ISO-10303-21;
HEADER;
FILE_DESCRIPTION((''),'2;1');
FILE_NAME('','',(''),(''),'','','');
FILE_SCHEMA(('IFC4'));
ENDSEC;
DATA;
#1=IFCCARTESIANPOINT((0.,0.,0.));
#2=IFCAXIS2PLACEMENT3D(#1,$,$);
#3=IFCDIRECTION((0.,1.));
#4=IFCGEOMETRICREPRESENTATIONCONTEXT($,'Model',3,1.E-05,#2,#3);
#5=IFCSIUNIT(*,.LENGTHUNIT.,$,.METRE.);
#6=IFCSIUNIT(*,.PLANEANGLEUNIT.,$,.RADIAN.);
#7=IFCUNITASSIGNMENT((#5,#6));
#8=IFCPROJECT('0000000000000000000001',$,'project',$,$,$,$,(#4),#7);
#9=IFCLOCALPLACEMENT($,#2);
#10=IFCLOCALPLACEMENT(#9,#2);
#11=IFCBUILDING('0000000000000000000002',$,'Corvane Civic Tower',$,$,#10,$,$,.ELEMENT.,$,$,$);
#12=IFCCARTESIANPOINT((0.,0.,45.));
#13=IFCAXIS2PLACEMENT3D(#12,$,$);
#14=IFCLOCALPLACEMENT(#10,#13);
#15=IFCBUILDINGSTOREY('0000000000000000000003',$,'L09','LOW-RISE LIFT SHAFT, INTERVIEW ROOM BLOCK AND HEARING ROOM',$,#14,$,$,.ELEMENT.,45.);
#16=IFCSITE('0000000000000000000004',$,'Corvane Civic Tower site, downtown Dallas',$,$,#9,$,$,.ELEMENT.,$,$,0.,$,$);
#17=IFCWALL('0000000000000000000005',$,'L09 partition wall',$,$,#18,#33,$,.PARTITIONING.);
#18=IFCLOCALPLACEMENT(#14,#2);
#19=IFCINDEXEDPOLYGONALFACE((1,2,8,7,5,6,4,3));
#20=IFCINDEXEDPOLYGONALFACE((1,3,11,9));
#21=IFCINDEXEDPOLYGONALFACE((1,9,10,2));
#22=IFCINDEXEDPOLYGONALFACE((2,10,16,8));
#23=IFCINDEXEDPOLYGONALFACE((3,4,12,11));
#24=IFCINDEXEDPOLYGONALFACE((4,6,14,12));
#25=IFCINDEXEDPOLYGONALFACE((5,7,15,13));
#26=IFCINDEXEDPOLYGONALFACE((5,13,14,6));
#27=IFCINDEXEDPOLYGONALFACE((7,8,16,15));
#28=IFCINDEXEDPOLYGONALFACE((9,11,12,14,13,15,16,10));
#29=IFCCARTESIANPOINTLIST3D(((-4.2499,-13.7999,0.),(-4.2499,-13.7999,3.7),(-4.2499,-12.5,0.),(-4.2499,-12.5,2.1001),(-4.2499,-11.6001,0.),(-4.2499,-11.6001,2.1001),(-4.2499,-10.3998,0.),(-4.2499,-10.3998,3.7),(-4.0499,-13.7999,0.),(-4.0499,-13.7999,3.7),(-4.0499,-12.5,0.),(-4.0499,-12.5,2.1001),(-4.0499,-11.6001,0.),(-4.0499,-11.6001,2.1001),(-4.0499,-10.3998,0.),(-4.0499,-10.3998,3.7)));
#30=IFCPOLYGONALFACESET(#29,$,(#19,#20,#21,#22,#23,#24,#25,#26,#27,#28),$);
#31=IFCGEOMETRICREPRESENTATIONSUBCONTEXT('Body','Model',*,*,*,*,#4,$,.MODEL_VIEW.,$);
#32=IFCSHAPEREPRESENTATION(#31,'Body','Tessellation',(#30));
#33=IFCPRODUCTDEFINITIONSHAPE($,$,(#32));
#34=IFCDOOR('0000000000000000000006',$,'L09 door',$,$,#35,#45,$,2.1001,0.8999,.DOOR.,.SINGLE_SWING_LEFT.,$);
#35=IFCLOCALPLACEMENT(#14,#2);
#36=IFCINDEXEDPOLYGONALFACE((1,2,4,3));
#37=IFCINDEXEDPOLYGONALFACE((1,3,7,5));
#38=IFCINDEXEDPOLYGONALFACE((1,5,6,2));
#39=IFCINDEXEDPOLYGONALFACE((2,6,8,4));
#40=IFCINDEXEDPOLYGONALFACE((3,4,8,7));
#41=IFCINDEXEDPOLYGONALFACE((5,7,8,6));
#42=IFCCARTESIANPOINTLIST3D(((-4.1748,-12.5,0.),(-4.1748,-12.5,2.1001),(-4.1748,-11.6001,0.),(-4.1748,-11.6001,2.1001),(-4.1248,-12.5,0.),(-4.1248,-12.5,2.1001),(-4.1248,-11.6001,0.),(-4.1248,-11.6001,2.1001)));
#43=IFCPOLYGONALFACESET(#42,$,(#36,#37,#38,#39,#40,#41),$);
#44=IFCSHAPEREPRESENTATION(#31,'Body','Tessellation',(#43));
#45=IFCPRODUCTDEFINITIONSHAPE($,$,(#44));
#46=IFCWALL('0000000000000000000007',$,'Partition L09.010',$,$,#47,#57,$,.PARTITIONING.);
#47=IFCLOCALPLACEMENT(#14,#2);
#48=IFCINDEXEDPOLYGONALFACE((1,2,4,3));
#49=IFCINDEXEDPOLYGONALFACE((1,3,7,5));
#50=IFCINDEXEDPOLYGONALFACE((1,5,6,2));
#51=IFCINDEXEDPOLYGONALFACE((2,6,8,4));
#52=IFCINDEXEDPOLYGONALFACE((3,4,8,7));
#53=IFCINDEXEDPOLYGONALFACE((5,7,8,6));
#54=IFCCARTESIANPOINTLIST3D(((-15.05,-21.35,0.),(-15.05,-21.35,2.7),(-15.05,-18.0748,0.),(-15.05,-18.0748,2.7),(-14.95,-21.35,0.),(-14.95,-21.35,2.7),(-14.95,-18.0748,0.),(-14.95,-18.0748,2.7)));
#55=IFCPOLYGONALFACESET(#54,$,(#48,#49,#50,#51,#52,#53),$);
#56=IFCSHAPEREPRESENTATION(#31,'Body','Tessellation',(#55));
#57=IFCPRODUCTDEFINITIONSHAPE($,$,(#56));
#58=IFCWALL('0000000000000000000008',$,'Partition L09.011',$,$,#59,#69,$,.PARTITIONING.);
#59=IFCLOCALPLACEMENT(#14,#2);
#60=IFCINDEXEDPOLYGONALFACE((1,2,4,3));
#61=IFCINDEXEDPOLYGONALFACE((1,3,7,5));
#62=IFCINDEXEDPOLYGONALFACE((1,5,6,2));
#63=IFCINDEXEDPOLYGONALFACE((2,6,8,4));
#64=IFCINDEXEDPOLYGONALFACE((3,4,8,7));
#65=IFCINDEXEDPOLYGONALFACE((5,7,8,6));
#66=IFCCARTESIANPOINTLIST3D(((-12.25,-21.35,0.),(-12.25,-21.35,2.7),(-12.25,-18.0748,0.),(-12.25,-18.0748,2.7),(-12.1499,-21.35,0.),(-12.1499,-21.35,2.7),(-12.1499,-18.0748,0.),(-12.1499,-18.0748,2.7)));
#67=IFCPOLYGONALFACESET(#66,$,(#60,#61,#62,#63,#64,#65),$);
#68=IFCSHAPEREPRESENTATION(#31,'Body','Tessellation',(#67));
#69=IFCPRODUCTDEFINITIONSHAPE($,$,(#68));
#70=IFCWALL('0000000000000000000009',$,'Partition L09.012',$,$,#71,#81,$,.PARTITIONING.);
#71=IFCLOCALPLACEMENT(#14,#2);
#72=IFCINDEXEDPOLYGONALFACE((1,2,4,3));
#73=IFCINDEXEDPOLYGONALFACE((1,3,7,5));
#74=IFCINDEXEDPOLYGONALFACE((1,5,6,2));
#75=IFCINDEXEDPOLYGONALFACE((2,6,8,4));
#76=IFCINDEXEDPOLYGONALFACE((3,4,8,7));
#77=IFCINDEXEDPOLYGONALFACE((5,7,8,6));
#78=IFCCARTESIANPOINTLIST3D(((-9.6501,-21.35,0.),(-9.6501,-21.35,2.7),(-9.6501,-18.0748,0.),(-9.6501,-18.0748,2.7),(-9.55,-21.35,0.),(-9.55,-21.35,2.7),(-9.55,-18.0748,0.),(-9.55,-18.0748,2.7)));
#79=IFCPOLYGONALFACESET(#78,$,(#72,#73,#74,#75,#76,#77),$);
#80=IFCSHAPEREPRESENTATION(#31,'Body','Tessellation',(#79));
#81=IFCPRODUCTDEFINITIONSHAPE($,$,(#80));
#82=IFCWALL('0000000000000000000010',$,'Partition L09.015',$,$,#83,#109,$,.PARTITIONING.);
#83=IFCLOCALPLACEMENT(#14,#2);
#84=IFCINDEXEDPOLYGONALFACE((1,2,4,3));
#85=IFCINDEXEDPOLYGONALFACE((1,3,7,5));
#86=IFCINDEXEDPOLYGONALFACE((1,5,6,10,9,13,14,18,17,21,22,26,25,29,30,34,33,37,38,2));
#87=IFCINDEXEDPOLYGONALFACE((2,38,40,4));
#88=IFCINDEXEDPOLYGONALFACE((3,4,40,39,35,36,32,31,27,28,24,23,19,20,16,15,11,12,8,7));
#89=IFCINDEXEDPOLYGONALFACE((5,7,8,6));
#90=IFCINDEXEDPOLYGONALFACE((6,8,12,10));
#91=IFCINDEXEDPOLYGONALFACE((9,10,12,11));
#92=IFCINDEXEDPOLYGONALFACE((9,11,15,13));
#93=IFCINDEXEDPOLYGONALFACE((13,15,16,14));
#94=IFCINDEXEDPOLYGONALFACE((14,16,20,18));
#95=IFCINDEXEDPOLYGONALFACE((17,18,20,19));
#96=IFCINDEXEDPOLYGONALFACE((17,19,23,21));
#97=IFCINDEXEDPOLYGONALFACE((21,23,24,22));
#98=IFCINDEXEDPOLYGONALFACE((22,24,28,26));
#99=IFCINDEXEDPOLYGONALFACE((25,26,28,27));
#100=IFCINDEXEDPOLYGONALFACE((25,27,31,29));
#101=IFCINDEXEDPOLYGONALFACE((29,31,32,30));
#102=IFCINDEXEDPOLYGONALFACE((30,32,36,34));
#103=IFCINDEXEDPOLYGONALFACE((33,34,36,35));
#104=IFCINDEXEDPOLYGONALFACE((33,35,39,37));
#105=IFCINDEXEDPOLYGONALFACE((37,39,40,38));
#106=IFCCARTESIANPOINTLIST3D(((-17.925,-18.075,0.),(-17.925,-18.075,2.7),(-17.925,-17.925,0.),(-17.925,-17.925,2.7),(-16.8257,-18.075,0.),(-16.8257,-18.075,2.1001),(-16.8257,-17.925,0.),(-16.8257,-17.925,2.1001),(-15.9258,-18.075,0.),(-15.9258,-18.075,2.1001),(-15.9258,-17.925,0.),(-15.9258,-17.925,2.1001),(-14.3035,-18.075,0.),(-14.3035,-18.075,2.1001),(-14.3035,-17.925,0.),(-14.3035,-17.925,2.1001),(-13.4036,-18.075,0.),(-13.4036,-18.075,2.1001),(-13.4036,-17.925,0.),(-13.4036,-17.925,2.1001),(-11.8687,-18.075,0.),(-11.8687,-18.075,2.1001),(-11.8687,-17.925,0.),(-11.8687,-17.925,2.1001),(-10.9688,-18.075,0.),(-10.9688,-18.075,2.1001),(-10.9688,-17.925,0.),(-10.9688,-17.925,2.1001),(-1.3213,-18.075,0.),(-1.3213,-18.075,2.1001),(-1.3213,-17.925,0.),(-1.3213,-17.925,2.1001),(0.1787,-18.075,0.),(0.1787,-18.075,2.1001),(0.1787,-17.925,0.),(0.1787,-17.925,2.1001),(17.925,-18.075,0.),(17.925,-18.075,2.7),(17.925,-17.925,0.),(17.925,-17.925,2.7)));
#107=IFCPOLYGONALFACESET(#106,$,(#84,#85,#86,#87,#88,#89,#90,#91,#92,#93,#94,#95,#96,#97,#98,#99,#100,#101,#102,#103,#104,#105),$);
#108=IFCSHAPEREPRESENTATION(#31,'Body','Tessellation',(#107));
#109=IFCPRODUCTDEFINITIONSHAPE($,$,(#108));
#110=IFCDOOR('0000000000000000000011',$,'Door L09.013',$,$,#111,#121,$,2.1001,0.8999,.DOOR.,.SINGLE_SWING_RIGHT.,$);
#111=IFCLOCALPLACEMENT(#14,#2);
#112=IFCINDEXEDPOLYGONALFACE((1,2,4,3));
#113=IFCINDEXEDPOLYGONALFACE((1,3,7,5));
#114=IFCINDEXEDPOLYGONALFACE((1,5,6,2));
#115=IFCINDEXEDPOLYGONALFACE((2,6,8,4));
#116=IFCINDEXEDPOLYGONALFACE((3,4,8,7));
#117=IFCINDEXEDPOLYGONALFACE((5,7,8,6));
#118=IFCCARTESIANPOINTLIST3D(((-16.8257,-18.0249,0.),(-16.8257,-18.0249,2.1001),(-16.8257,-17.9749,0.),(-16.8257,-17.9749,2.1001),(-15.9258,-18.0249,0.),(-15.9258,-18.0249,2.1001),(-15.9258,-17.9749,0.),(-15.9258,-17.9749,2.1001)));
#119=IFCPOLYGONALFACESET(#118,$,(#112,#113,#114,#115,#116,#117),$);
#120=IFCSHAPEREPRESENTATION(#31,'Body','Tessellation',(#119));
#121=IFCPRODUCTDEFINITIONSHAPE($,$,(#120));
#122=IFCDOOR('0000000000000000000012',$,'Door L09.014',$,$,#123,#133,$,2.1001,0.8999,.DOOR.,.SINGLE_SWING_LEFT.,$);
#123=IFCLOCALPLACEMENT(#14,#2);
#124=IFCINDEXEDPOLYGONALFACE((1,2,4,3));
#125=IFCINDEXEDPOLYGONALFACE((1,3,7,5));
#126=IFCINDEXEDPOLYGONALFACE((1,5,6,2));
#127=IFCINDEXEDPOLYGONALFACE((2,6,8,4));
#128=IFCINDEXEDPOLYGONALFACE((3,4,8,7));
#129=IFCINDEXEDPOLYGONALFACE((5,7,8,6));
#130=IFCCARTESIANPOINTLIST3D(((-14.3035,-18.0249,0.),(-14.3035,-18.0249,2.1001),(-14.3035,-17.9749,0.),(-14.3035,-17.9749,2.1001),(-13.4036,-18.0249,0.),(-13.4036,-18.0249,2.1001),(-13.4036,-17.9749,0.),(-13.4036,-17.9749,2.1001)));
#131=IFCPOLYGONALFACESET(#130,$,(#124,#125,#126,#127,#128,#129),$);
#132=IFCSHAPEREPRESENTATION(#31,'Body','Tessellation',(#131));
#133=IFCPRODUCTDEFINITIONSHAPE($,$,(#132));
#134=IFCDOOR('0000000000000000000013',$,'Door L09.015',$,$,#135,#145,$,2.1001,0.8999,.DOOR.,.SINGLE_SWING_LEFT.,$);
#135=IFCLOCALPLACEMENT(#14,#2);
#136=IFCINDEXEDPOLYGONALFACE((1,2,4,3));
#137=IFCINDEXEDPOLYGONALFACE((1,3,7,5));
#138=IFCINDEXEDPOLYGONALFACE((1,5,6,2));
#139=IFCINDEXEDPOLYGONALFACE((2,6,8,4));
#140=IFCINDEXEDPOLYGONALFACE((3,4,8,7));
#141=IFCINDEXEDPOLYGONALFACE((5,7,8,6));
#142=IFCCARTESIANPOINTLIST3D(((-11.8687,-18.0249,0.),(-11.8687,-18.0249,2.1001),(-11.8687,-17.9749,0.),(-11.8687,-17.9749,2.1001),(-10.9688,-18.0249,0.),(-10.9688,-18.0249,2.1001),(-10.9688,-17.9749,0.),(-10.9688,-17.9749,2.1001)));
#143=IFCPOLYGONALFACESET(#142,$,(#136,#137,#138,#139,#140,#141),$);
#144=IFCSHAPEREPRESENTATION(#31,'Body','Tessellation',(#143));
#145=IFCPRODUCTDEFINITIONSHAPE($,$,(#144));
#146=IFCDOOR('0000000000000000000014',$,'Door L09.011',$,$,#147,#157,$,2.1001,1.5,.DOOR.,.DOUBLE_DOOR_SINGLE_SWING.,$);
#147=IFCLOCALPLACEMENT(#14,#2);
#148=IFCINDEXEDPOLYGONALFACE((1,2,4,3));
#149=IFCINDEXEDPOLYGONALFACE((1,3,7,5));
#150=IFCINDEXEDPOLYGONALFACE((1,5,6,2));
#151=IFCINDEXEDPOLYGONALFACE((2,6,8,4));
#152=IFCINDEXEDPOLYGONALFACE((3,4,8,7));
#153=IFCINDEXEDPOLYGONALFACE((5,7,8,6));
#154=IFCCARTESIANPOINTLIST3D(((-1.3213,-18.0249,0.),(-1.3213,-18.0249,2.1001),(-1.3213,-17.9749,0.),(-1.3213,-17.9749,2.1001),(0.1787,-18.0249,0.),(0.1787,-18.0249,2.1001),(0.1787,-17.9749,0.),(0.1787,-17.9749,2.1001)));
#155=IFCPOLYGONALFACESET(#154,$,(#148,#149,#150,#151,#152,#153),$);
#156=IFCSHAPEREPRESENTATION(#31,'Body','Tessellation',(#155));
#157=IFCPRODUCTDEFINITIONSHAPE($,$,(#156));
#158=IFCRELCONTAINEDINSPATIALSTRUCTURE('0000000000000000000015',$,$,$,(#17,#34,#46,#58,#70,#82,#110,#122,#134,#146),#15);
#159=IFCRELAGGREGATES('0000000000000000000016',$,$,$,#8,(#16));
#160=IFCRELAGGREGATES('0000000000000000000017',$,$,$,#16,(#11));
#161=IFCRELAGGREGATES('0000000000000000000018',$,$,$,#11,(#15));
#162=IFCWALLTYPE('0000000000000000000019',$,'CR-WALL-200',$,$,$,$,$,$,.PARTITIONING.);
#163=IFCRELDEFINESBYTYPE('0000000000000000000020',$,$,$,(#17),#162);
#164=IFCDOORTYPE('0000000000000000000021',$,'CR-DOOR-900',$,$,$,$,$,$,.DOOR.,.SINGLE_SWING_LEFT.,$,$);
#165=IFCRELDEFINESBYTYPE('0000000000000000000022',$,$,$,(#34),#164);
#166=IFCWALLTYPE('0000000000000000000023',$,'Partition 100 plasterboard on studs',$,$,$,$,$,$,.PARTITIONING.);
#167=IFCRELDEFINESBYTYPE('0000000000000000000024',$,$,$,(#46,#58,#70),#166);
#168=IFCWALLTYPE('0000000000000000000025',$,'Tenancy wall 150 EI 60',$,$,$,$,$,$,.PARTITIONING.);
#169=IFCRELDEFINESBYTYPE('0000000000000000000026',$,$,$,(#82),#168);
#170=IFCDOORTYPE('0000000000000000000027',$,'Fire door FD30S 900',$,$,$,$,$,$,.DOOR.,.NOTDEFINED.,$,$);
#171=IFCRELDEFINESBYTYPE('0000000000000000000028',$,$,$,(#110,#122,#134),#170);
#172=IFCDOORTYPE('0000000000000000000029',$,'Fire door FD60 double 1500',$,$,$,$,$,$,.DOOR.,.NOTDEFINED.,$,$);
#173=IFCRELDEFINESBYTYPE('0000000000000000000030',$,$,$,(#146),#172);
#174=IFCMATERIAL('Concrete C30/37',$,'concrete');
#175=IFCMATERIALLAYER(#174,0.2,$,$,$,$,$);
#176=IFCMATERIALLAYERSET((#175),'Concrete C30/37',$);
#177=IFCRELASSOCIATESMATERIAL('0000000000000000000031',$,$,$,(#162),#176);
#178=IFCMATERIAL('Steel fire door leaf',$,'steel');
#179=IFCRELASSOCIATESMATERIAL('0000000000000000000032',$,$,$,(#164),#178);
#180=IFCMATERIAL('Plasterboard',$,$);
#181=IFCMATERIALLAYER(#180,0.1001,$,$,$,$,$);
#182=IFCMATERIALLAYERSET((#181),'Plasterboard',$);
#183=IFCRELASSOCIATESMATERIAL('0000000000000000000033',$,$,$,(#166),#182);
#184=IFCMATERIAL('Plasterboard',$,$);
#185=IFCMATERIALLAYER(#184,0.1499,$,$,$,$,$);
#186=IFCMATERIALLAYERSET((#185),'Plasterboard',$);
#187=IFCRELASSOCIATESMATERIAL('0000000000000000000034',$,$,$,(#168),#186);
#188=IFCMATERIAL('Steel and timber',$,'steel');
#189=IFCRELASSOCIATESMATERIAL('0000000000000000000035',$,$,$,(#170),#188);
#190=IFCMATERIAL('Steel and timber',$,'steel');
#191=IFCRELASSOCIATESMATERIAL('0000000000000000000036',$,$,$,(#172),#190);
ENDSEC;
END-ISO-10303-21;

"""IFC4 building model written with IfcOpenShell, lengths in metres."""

from ifc_helpers import new_model, si_unit, direction, frame, frame_2d, origin, place, context, subcontext, project, spatial, rectangle, extrude, material, layer, layer_set, type_object, element, fill, save


model = new_model("IFC4")

# Units and contexts
model_context = context("Model", 3, precision=1e-05, world=origin(), true_north=direction((0.0, 1.0)))
body_context = subcontext(model_context, "Body", "Model", "MODEL_VIEW")
ifc_project = project(units=[si_unit("LENGTHUNIT", "METRE"), si_unit("PLANEANGLEUNIT", "RADIAN")], contexts=[model_context])

# Site, building, storey
site_placement = place(None, origin())
site = spatial("IfcSite", under=ifc_project, at=site_placement, Name="Corvane Civic Tower site, downtown Dallas", CompositionType="ELEMENT", RefElevation=0.0)
building_placement = place(site_placement, origin())
building = spatial("IfcBuilding", under=site, at=building_placement, Name="Corvane Civic Tower", CompositionType="ELEMENT")
storey_placement = place(building_placement, frame((0.0, 0.0, 45.0)))
storey = spatial("IfcBuildingStorey", under=building, at=storey_placement, Name="L09", Description="LOW-RISE LIFT SHAFT, INTERVIEW ROOM BLOCK AND HEARING ROOM", CompositionType="ELEMENT", Elevation=45.0)

# Wall, opening, door
ifc_material_1 = material(Name="Concrete C30/37", Category="concrete")
ifc_layer_1 = layer(ifc_material_1, 0.2)
ifc_layer_set_1 = layer_set([ifc_layer_1], Name="Concrete C30/37")
wall_type_1 = type_object("IfcWallType", Name="CR-WALL-200", PredefinedType="PARTITIONING", material=ifc_layer_set_1)
wall_1_placement = place(storey_placement, frame((-4.1499, -13.8, 0.0), z_axis=(0.0, 0.0, 1.0), x_axis=(0.0, 1.0, 0.0)))
wall_1 = element("IfcWall", 1, at=wall_1_placement, inside=storey, type_object=wall_type_1, Name="L09 partition wall", PredefinedType="PARTITIONING", context=body_context, shape_type="SweptSolid", body=[
    extrude(rectangle(XDim=3.4001, YDim=0.2, at=frame_2d((1.7002, 0.0))), origin(), (0.0, 0.0, 1.0), 3.7),
])
opening_1_placement = place(wall_1_placement, frame((1.3, 0.0, 0.0)))
opening_1 = element("IfcOpeningElement", 2, at=opening_1_placement, cuts=wall_1, PredefinedType="OPENING", context=body_context, shape_type="SweptSolid", body=[
    extrude(rectangle(XDim=0.8999, YDim=2.1001, at=frame_2d((0.45, 1.05))), frame((0.0, 0.1099, 0.0), z_axis=(0.0, -1.0, 0.0), x_axis=(1.0, 0.0, 0.0)), (0.0, 0.0, 1.0), 0.22),
])
ifc_material_2 = material(Name="Steel fire door leaf", Category="steel")
door_type_1 = type_object("IfcDoorType", Name="CR-DOOR-900", OperationType="SINGLE_SWING_LEFT", PredefinedType="DOOR", material=ifc_material_2)
door_1_placement = place(opening_1_placement, origin())
door_1 = element("IfcDoor", 3, at=door_1_placement, inside=storey, type_object=door_type_1, Name="L09 door", OperationType="SINGLE_SWING_LEFT", OverallHeight=2.1001, OverallWidth=0.8999, PredefinedType="DOOR", context=body_context, shape_type="SweptSolid", body=[
    extrude(rectangle(XDim=0.8999, YDim=2.1001, at=frame_2d((0.45, 1.05))), frame((0.0, 0.0249, 0.0), z_axis=(0.0, -1.0, 0.0), x_axis=(1.0, 0.0, 0.0)), (0.0, 0.0, 1.0), 0.05),
])
fill(opening_1, door_1)

# Walls
ifc_material_3 = material(Name="Plasterboard")
ifc_layer_2 = layer(ifc_material_3, 0.1001)
ifc_layer_set_2 = layer_set([ifc_layer_2], Name="Plasterboard")
wall_type_2 = type_object("IfcWallType", Name="Partition 100 plasterboard on studs", PredefinedType="PARTITIONING", material=ifc_layer_set_2)
for number, where, z_axis, x_axis, name in (
    (4, (-15.0, -21.3501, 0.0), (0.0, 0.0, 1.0), (0.0, 1.0, 0.0), "Partition L09.010"),
    (5, (-12.2, -21.3501, 0.0), (0.0, 0.0, 1.0), (0.0, 1.0, 0.0), "Partition L09.011"),
    (6, (-9.6001, -21.3501, 0.0), (0.0, 0.0, 1.0), (0.0, 1.0, 0.0), "Partition L09.012"),
):
    element("IfcWall", number, at=place(storey_placement, frame(where, z_axis=z_axis, x_axis=x_axis)), inside=storey, type_object=wall_type_2, Name=name, PredefinedType="PARTITIONING", context=body_context, shape_type="SweptSolid", body=[
        extrude(rectangle(XDim=3.2751, YDim=0.1001, at=frame_2d((1.6377, 0.0))), origin(), (0.0, 0.0, 1.0), 2.7),
    ])

# Wall, openings, doors
ifc_material_4 = material(Name="Plasterboard")
ifc_layer_3 = layer(ifc_material_4, 0.1499)
ifc_layer_set_3 = layer_set([ifc_layer_3], Name="Plasterboard")
wall_type_3 = type_object("IfcWallType", Name="Tenancy wall 150 EI 60", PredefinedType="PARTITIONING", material=ifc_layer_set_3)
wall_2_placement = place(storey_placement, frame((-17.925, -18.0, 0.0), z_axis=(0.0, 0.0, 1.0), x_axis=(1.0, 0.0, 0.0)))
wall_2 = element("IfcWall", 7, at=wall_2_placement, inside=storey, type_object=wall_type_3, Name="Partition L09.015", PredefinedType="PARTITIONING", context=body_context, shape_type="SweptSolid", body=[
    extrude(rectangle(XDim=35.8501, YDim=0.1499, at=frame_2d((17.925, 0.0))), origin(), (0.0, 0.0, 1.0), 2.7),
])
opening_2_placement = place(wall_2_placement, frame((16.6038, 0.0, 0.0)))
opening_2 = element("IfcOpeningElement", 8, at=opening_2_placement, cuts=wall_2, PredefinedType="OPENING", context=body_context, shape_type="SweptSolid", body=[
    extrude(rectangle(XDim=1.5, YDim=2.1001, at=frame_2d((0.75, 1.05))), frame((0.0, 0.085, 0.0), z_axis=(0.0, -1.0, 0.0), x_axis=(1.0, 0.0, 0.0)), (0.0, 0.0, 1.0), 0.1699),
])
opening_3_placement = place(wall_2_placement, frame((1.0994, 0.0, 0.0)))
opening_3 = element("IfcOpeningElement", 9, at=opening_3_placement, cuts=wall_2, PredefinedType="OPENING", context=body_context, shape_type="SweptSolid", body=[
    extrude(rectangle(XDim=0.8999, YDim=2.1001, at=frame_2d((0.45, 1.05))), frame((0.0, 0.085, 0.0), z_axis=(0.0, -1.0, 0.0), x_axis=(1.0, 0.0, 0.0)), (0.0, 0.0, 1.0), 0.1699),
])
opening_4_placement = place(wall_2_placement, frame((3.6216, 0.0, 0.0)))
opening_4 = element("IfcOpeningElement", 10, at=opening_4_placement, cuts=wall_2, PredefinedType="OPENING", context=body_context, shape_type="SweptSolid", body=[
    extrude(rectangle(XDim=0.8999, YDim=2.1001, at=frame_2d((0.45, 1.05))), frame((0.0, 0.085, 0.0), z_axis=(0.0, -1.0, 0.0), x_axis=(1.0, 0.0, 0.0)), (0.0, 0.0, 1.0), 0.1699),
])
opening_5_placement = place(wall_2_placement, frame((6.0564, 0.0, 0.0)))
opening_5 = element("IfcOpeningElement", 11, at=opening_5_placement, cuts=wall_2, PredefinedType="OPENING", context=body_context, shape_type="SweptSolid", body=[
    extrude(rectangle(XDim=0.8999, YDim=2.1001, at=frame_2d((0.45, 1.05))), frame((0.0, 0.085, 0.0), z_axis=(0.0, -1.0, 0.0), x_axis=(1.0, 0.0, 0.0)), (0.0, 0.0, 1.0), 0.1699),
])
ifc_material_5 = material(Name="Steel and timber", Category="steel")
door_type_2 = type_object("IfcDoorType", Name="Fire door FD30S 900", OperationType="NOTDEFINED", PredefinedType="DOOR", material=ifc_material_5)
door_2_placement = place(opening_3_placement, frame((0.8999, 0.0, 0.0), z_axis=(0.0, 0.0, 1.0), x_axis=(-1.0, 0.0, 0.0)))
door_2 = element("IfcDoor", 12, at=door_2_placement, inside=storey, type_object=door_type_2, Name="Door L09.013", OperationType="SINGLE_SWING_RIGHT", OverallHeight=2.1001, OverallWidth=0.8999, PredefinedType="DOOR", context=body_context, shape_type="SweptSolid", body=[
    extrude(rectangle(XDim=0.8999, YDim=2.1001, at=frame_2d((0.45, 1.05))), frame((0.0, 0.0249, 0.0), z_axis=(0.0, -1.0, 0.0), x_axis=(1.0, 0.0, 0.0)), (0.0, 0.0, 1.0), 0.05),
])
fill(opening_3, door_2)
door_3_placement = place(opening_4_placement, frame((0.8999, 0.0, 0.0), z_axis=(0.0, 0.0, 1.0), x_axis=(-1.0, 0.0, 0.0)))
door_3 = element("IfcDoor", 13, at=door_3_placement, inside=storey, type_object=door_type_2, Name="Door L09.014", OperationType="SINGLE_SWING_LEFT", OverallHeight=2.1001, OverallWidth=0.8999, PredefinedType="DOOR", context=body_context, shape_type="SweptSolid", body=[
    extrude(rectangle(XDim=0.8999, YDim=2.1001, at=frame_2d((0.45, 1.05))), frame((0.0, 0.0249, 0.0), z_axis=(0.0, -1.0, 0.0), x_axis=(1.0, 0.0, 0.0)), (0.0, 0.0, 1.0), 0.05),
])
fill(opening_4, door_3)
door_4_placement = place(opening_5_placement, frame((0.8999, 0.0, 0.0), z_axis=(0.0, 0.0, 1.0), x_axis=(-1.0, 0.0, 0.0)))
door_4 = element("IfcDoor", 14, at=door_4_placement, inside=storey, type_object=door_type_2, Name="Door L09.015", OperationType="SINGLE_SWING_LEFT", OverallHeight=2.1001, OverallWidth=0.8999, PredefinedType="DOOR", context=body_context, shape_type="SweptSolid", body=[
    extrude(rectangle(XDim=0.8999, YDim=2.1001, at=frame_2d((0.45, 1.05))), frame((0.0, 0.0249, 0.0), z_axis=(0.0, -1.0, 0.0), x_axis=(1.0, 0.0, 0.0)), (0.0, 0.0, 1.0), 0.05),
])
fill(opening_5, door_4)
ifc_material_6 = material(Name="Steel and timber", Category="steel")
door_type_3 = type_object("IfcDoorType", Name="Fire door FD60 double 1500", OperationType="NOTDEFINED", PredefinedType="DOOR", material=ifc_material_6)
door_5_placement = place(opening_2_placement, frame((1.5, 0.0, 0.0), z_axis=(0.0, 0.0, 1.0), x_axis=(-1.0, 0.0, 0.0)))
door_5 = element("IfcDoor", 15, at=door_5_placement, inside=storey, type_object=door_type_3, Name="Door L09.011", OperationType="DOUBLE_DOOR_SINGLE_SWING", OverallHeight=2.1001, OverallWidth=1.5, PredefinedType="DOOR", context=body_context, shape_type="SweptSolid", body=[
    extrude(rectangle(XDim=1.5, YDim=2.1001, at=frame_2d((0.75, 1.05))), frame((0.0, 0.0249, 0.0), z_axis=(0.0, -1.0, 0.0), x_axis=(1.0, 0.0, 0.0)), (0.0, 0.0, 1.0), 0.05),
])
fill(opening_2, door_5)

save(model, "model.ifc")
